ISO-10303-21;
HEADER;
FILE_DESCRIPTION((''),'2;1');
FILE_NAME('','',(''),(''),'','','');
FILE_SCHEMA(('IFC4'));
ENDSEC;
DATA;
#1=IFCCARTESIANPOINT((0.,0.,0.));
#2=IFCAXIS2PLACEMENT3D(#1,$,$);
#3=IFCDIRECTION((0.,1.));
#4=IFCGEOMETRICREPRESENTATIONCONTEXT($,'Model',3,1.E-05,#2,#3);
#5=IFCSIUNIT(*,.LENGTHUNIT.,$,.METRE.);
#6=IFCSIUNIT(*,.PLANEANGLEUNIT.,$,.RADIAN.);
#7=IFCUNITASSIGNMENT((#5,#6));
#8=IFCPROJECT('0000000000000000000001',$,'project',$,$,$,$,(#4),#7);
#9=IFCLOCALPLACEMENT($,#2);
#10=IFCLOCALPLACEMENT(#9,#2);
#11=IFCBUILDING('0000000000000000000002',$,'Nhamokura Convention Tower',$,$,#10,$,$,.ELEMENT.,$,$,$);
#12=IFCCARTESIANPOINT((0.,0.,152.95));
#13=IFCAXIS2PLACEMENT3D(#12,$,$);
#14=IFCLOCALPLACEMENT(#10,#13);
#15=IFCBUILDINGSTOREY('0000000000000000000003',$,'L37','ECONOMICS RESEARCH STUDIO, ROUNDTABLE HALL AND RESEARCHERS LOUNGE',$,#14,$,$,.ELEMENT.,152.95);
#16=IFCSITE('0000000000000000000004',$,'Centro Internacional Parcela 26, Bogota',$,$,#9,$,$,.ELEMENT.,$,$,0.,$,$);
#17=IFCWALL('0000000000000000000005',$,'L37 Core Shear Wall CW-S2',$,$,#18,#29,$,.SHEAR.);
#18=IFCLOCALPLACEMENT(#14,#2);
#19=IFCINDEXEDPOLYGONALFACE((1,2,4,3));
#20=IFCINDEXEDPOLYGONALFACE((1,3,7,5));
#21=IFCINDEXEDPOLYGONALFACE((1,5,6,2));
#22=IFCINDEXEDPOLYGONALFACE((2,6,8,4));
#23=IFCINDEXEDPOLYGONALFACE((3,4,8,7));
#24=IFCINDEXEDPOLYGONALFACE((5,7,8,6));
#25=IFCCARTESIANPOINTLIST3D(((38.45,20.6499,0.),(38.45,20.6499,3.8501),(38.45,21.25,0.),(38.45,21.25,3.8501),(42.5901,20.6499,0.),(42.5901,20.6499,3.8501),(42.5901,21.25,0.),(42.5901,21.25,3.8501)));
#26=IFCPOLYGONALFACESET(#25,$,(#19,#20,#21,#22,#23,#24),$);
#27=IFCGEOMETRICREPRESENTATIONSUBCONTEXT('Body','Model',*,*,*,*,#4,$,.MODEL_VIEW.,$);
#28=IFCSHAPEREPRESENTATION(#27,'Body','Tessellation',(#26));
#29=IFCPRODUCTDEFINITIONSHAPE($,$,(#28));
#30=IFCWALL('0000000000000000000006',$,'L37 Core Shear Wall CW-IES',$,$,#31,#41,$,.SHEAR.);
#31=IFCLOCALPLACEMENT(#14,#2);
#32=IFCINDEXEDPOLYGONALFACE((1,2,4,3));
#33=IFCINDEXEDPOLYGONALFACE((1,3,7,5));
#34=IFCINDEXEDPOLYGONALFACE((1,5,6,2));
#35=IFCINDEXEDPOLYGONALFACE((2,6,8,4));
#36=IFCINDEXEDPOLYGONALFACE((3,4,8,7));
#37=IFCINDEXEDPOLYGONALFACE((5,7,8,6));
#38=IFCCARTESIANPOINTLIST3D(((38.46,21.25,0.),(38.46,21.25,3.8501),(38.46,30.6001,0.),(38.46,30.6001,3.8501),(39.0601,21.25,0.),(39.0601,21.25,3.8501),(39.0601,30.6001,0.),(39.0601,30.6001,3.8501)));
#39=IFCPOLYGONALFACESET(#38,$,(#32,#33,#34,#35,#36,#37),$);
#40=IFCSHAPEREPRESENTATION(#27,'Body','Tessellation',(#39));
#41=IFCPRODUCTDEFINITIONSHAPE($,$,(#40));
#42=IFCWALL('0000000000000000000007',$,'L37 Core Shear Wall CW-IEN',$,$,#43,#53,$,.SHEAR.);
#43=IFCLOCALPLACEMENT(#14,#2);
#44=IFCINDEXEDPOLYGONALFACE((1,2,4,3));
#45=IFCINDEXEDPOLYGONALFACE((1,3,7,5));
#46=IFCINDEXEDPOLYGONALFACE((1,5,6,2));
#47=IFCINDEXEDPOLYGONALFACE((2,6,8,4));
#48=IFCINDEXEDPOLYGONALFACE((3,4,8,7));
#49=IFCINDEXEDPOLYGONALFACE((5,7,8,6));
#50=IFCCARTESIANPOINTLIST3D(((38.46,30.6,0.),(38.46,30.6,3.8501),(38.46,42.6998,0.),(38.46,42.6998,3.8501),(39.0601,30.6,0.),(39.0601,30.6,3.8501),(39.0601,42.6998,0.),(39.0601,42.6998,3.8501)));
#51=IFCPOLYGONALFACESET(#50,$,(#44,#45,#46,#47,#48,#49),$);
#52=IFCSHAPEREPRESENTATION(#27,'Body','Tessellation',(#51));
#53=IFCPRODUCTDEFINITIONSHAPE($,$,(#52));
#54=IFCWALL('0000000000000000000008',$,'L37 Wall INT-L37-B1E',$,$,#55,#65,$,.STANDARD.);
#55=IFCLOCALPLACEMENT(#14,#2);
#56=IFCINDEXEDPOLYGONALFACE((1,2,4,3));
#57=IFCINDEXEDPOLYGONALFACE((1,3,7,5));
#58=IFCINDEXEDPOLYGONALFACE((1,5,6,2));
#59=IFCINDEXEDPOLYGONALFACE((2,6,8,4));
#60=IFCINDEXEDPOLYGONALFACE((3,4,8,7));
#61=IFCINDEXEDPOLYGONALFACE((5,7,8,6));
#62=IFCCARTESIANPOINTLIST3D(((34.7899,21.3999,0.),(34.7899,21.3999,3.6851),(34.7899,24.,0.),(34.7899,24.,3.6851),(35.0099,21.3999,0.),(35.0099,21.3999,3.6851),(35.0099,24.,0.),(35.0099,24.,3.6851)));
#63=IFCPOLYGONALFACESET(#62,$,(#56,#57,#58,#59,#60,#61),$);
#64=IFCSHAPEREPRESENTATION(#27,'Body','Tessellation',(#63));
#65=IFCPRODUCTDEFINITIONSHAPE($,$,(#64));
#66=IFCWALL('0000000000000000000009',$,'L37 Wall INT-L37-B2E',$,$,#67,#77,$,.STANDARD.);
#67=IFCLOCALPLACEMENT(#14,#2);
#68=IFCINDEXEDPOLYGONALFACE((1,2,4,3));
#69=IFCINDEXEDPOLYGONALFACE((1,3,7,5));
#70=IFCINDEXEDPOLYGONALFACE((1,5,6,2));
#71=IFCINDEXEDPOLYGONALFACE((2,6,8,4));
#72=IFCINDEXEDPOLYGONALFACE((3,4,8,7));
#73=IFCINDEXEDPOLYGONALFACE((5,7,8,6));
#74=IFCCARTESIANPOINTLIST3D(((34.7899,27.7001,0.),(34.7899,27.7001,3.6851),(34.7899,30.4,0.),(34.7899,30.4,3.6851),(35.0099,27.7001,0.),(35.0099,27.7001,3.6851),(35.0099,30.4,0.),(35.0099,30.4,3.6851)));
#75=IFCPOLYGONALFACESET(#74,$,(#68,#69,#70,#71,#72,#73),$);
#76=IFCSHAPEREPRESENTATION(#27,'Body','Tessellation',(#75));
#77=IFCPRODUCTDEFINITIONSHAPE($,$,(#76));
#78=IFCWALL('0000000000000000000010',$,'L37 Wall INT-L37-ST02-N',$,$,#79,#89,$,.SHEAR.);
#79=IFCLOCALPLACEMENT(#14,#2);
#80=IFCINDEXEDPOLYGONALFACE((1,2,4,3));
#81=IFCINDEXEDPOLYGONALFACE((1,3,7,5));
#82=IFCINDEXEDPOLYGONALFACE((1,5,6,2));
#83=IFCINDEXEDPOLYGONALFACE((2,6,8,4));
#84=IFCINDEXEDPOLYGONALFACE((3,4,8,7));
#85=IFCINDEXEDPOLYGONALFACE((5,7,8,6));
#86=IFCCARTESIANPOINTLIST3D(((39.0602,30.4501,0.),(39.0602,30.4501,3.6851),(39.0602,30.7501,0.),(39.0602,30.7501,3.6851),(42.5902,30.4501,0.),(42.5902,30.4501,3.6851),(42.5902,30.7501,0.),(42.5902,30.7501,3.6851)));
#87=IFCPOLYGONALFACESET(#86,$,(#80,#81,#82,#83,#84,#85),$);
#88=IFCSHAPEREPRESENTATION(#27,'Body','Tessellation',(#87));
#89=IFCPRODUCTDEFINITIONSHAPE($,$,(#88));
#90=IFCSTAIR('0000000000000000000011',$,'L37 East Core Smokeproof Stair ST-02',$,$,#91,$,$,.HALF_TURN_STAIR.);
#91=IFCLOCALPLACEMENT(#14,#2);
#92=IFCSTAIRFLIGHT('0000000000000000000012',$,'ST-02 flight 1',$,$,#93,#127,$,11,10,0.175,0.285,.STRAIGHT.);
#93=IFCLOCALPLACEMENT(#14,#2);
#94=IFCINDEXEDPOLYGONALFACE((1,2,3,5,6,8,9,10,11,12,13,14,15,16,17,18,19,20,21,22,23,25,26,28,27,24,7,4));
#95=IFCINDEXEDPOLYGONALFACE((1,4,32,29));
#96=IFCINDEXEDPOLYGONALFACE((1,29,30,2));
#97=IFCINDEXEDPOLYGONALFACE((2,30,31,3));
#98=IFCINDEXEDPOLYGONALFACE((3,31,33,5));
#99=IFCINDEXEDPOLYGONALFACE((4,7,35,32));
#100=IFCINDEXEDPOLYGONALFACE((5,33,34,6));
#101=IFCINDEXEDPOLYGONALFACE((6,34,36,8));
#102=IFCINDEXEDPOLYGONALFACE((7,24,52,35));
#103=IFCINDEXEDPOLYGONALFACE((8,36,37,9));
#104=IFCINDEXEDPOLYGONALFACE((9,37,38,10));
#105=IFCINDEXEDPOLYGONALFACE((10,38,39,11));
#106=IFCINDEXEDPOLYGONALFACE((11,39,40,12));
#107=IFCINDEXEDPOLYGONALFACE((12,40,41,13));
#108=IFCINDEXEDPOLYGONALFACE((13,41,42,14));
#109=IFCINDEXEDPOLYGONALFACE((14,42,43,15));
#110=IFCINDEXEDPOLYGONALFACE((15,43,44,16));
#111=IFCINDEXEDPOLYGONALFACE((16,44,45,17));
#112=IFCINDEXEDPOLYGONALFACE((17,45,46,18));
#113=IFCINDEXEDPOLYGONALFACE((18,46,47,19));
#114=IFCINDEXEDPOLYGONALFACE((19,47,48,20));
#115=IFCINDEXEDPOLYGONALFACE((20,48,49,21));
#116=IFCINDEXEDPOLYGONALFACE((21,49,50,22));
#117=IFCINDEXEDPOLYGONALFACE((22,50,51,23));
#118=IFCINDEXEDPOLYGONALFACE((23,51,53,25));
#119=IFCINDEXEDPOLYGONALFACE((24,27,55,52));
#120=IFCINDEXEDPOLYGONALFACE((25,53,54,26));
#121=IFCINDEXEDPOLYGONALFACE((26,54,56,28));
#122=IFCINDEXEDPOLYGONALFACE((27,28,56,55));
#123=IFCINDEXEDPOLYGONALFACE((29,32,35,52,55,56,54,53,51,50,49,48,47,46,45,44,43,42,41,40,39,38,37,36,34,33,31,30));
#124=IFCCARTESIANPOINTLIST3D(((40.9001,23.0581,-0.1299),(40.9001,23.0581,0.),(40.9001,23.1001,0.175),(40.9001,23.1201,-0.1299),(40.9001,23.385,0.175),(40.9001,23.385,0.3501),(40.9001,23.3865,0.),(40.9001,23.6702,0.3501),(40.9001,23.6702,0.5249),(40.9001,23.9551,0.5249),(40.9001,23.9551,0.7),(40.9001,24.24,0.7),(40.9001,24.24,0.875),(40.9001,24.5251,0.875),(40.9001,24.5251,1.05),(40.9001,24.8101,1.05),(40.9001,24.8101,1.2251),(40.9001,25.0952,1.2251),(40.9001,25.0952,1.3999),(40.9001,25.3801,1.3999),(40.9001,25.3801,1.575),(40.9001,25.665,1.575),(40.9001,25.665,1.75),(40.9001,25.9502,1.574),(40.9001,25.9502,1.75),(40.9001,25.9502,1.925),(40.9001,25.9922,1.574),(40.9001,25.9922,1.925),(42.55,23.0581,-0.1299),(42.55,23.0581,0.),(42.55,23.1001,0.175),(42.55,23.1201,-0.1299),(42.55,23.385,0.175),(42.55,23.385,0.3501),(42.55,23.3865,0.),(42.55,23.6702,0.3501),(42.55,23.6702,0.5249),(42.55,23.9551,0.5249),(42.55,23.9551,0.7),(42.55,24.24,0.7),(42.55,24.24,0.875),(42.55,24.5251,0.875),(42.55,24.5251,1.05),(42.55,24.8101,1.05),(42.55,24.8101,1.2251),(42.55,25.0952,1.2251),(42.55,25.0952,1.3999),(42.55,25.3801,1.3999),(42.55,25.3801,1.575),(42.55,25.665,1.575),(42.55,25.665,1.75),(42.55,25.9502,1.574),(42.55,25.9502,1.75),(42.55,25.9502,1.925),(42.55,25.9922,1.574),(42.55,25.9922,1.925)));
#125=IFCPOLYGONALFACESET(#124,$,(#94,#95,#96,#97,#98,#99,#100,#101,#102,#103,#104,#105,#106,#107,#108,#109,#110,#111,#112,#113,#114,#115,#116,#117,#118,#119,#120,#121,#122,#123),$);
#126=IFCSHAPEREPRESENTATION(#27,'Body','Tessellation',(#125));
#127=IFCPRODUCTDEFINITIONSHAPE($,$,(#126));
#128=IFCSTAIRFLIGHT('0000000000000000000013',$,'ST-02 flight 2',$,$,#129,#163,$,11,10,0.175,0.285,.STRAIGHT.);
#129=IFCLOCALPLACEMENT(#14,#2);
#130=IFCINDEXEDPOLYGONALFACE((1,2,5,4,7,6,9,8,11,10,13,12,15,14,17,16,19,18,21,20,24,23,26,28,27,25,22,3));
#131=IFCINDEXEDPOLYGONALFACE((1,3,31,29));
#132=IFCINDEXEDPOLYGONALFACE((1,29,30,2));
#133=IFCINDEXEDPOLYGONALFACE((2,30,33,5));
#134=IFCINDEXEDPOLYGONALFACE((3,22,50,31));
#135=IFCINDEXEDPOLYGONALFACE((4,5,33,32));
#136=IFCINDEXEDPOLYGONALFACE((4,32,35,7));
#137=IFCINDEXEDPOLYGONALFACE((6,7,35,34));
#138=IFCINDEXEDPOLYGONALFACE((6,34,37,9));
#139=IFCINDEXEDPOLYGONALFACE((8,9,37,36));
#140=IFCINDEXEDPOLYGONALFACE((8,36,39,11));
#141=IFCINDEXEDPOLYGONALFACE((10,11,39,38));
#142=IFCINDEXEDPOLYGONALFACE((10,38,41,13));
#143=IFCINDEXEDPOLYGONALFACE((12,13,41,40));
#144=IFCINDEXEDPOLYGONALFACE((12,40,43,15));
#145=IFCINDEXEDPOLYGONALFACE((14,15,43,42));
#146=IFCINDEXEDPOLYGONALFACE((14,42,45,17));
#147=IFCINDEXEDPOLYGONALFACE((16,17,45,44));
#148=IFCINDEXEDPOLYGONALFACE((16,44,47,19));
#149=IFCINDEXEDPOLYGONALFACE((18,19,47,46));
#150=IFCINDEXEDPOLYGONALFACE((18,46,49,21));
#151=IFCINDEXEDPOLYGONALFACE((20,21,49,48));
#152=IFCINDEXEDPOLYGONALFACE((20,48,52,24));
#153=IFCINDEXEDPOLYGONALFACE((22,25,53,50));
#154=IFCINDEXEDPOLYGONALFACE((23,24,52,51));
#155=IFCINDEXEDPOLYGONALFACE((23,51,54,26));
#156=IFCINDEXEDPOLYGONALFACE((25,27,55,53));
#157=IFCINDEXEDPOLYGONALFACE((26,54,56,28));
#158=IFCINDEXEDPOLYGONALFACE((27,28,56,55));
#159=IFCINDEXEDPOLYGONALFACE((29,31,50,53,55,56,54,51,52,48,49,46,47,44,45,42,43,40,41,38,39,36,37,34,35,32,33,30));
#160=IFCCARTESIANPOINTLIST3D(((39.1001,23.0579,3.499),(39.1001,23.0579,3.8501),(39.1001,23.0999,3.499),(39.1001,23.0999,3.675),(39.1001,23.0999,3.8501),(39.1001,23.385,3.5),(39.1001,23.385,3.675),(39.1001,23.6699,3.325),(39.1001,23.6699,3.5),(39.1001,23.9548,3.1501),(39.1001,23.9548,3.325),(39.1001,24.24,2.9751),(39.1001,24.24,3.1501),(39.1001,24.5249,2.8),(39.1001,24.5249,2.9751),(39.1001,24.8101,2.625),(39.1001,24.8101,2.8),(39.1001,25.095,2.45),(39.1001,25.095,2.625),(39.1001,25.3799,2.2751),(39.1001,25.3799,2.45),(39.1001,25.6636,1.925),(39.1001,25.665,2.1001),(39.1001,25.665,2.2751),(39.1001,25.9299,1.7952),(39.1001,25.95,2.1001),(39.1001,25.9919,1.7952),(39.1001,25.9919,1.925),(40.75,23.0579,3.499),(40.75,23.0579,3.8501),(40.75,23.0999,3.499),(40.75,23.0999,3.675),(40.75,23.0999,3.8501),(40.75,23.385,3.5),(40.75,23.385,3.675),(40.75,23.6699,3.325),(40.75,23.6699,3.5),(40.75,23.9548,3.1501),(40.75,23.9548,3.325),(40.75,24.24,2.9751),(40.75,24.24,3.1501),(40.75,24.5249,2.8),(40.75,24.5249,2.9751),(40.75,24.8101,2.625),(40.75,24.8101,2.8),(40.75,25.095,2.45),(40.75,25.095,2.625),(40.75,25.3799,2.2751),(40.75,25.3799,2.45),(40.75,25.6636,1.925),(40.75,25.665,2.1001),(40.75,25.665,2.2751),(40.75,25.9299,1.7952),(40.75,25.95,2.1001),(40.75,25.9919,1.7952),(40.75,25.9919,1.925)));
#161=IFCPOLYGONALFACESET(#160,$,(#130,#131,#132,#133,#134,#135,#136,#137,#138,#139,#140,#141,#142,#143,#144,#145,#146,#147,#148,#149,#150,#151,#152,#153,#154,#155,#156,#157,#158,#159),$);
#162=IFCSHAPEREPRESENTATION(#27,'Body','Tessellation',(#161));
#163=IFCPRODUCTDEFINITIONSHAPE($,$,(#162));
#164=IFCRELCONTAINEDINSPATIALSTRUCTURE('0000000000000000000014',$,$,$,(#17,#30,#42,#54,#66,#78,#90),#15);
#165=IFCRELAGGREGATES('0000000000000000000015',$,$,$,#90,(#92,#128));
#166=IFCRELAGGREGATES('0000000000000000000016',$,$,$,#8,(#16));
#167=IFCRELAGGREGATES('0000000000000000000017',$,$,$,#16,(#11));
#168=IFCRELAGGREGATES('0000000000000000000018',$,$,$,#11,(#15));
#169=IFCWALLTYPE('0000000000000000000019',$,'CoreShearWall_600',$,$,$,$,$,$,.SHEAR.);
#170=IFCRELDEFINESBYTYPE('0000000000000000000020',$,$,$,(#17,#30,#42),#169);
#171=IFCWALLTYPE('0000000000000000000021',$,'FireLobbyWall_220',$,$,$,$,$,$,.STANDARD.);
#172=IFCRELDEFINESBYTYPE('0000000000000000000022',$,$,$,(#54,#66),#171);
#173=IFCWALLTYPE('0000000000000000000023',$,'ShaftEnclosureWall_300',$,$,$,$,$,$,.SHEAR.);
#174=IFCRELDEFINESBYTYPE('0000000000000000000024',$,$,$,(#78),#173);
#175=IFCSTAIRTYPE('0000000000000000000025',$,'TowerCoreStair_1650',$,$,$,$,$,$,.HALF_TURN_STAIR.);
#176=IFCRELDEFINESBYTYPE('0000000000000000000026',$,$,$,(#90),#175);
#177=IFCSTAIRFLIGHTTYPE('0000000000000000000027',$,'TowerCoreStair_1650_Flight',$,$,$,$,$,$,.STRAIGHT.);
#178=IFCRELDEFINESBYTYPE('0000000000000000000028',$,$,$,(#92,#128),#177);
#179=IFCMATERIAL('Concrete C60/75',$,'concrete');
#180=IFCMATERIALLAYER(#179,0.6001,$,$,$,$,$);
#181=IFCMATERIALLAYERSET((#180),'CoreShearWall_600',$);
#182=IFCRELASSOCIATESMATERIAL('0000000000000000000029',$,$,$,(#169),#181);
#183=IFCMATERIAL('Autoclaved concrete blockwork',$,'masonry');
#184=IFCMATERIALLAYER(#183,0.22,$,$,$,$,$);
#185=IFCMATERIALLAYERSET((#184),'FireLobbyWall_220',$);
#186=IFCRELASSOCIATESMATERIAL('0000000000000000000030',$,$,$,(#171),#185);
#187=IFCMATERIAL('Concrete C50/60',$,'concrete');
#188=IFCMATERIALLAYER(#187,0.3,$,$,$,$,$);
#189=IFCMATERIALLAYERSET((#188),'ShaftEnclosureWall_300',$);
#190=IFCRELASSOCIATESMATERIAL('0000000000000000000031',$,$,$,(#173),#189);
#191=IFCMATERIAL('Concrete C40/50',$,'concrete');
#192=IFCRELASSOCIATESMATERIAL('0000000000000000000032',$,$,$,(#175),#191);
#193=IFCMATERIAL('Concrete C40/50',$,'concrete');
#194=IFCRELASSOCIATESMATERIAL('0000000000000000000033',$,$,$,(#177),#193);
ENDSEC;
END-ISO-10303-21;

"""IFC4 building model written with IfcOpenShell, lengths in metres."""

from ifc_helpers import new_model, si_unit, direction, frame, frame_2d, origin, place, context, subcontext, project, spatial, polyline, rectangle, outline, extrude, material, layer, layer_set, type_object, element, aggregate, save


model = new_model("IFC4")

# Units and contexts
model_context = context("Model", 3, precision=1e-05, world=origin(), true_north=direction((0.0, 1.0)))
body_context = subcontext(model_context, "Body", "Model", "MODEL_VIEW")
ifc_project = project(units=[si_unit("LENGTHUNIT", "METRE"), si_unit("PLANEANGLEUNIT", "RADIAN")], contexts=[model_context])

# Site, building, storey
site_placement = place(None, origin())
site = spatial("IfcSite", under=ifc_project, at=site_placement, Name="Centro Internacional Parcela 26, Bogota", CompositionType="ELEMENT", RefElevation=0.0)
building_placement = place(site_placement, origin())
building = spatial("IfcBuilding", under=site, at=building_placement, Name="Nhamokura Convention Tower", CompositionType="ELEMENT")
storey_placement = place(building_placement, frame((0.0, 0.0, 152.95)))
storey = spatial("IfcBuildingStorey", under=building, at=storey_placement, Name="L37", Description="ECONOMICS RESEARCH STUDIO, ROUNDTABLE HALL AND RESEARCHERS LOUNGE", CompositionType="ELEMENT", Elevation=152.95)

# Shared definitions
ifc_material_1 = material(Name="Concrete C60/75", Category="concrete")
ifc_layer_1 = layer(ifc_material_1, 0.6001)
ifc_layer_set_1 = layer_set([ifc_layer_1], Name="CoreShearWall_600")
wall_type_1 = type_object("IfcWallType", Name="CoreShearWall_600", PredefinedType="SHEAR", material=ifc_layer_set_1)

# Walls
wall_1_placement = place(storey_placement, frame((38.45, 20.95, 0.0), z_axis=(0.0, 0.0, 1.0), x_axis=(1.0, 0.0, 0.0)))
element("IfcWall", 1, at=wall_1_placement, inside=storey, type_object=wall_type_1, Name="L37 Core Shear Wall CW-S2", PredefinedType="SHEAR", context=body_context, shape_type="SweptSolid", body=[
    extrude(rectangle(XDim=4.1401, YDim=0.6001, at=frame_2d((2.0701, 0.0))), origin(), (0.0, 0.0, 1.0), 3.8501),
])
wall_2_placement = place(storey_placement, frame((38.76, 21.25, 0.0), z_axis=(0.0, 0.0, 1.0), x_axis=(0.0, 1.0, 0.0)))
element("IfcWall", 2, at=wall_2_placement, inside=storey, type_object=wall_type_1, Name="L37 Core Shear Wall CW-IES", PredefinedType="SHEAR", context=body_context, shape_type="SweptSolid", body=[
    extrude(rectangle(XDim=9.3501, YDim=0.6001, at=frame_2d((4.675, 0.0))), origin(), (0.0, 0.0, 1.0), 3.8501),
])
wall_3_placement = place(storey_placement, frame((38.76, 30.6001, 0.0), z_axis=(0.0, 0.0, 1.0), x_axis=(0.0, 1.0, 0.0)))
element("IfcWall", 3, at=wall_3_placement, inside=storey, type_object=wall_type_1, Name="L37 Core Shear Wall CW-IEN", PredefinedType="SHEAR", context=body_context, shape_type="SweptSolid", body=[
    extrude(rectangle(XDim=12.0999, YDim=0.6001, at=frame_2d((6.0498, 0.0))), origin(), (0.0, 0.0, 1.0), 3.8501),
])
ifc_material_2 = material(Name="Autoclaved concrete blockwork", Category="masonry")
ifc_layer_2 = layer(ifc_material_2, 0.22)
ifc_layer_set_2 = layer_set([ifc_layer_2], Name="FireLobbyWall_220")
wall_type_2 = type_object("IfcWallType", Name="FireLobbyWall_220", PredefinedType="STANDARD", material=ifc_layer_set_2)
wall_4_placement = place(storey_placement, frame((34.8999, 21.3999, 0.0), z_axis=(0.0, 0.0, 1.0), x_axis=(0.0, 1.0, 0.0)))
element("IfcWall", 4, at=wall_4_placement, inside=storey, type_object=wall_type_2, Name="L37 Wall INT-L37-B1E", PredefinedType="STANDARD", context=body_context, shape_type="SweptSolid", body=[
    extrude(rectangle(XDim=2.6001, YDim=0.22, at=frame_2d((1.3, 0.0))), origin(), (0.0, 0.0, 1.0), 3.6851),
])
wall_5_placement = place(storey_placement, frame((34.8999, 27.7, 0.0), z_axis=(0.0, 0.0, 1.0), x_axis=(0.0, 1.0, 0.0)))
element("IfcWall", 5, at=wall_5_placement, inside=storey, type_object=wall_type_2, Name="L37 Wall INT-L37-B2E", PredefinedType="STANDARD", context=body_context, shape_type="SweptSolid", body=[
    extrude(rectangle(XDim=2.7, YDim=0.22, at=frame_2d((1.3501, 0.0))), origin(), (0.0, 0.0, 1.0), 3.6851),
])
ifc_material_3 = material(Name="Concrete C50/60", Category="concrete")
ifc_layer_3 = layer(ifc_material_3, 0.3)
ifc_layer_set_3 = layer_set([ifc_layer_3], Name="ShaftEnclosureWall_300")
wall_type_3 = type_object("IfcWallType", Name="ShaftEnclosureWall_300", PredefinedType="SHEAR", material=ifc_layer_set_3)
wall_6_placement = place(storey_placement, frame((39.0601, 30.6001, 0.0), z_axis=(0.0, 0.0, 1.0), x_axis=(1.0, 0.0, 0.0)))
element("IfcWall", 6, at=wall_6_placement, inside=storey, type_object=wall_type_3, Name="L37 Wall INT-L37-ST02-N", PredefinedType="SHEAR", context=body_context, shape_type="SweptSolid", body=[
    extrude(rectangle(XDim=3.53, YDim=0.3, at=frame_2d((1.7651, 0.0))), origin(), (0.0, 0.0, 1.0), 3.6851),
])

# Stair, stair flights
ifc_material_4 = material(Name="Concrete C40/50", Category="concrete")
stair_type = type_object("IfcStairType", Name="TowerCoreStair_1650", PredefinedType="HALF_TURN_STAIR", material=ifc_material_4)
stair_placement = place(storey_placement, origin())
stair = element("IfcStair", 7, at=stair_placement, inside=storey, type_object=stair_type, Name="L37 East Core Smokeproof Stair ST-02", PredefinedType="HALF_TURN_STAIR")
ifc_material_5 = material(Name="Concrete C40/50", Category="concrete")
stair_flight_type = type_object("IfcStairFlightType", Name="TowerCoreStair_1650_Flight", PredefinedType="STRAIGHT", material=ifc_material_5)
stair_flight_1_placement = place(storey_placement, frame((41.7251, 23.1001, 0.0), z_axis=(0.0, 0.0, 1.0), x_axis=(0.0, 1.0, 0.0)))
stair_flight_1 = element("IfcStairFlight", 8, at=stair_flight_1_placement, type_object=stair_flight_type, Name="ST-02 flight 1", NumberOfRisers=11, NumberOfTreads=10, PredefinedType="STRAIGHT", RiserHeight=0.175, TreadLength=0.285, context=body_context, shape_type="SweptSolid", body=[
    extrude(outline(polyline([(-0.042, 0.0), (0.0, 0.175), (0.2849, 0.175), (0.2849, 0.3501), (0.5701, 0.3501), (0.5701, 0.5249), (0.855, 0.5249), (0.855, 0.7), (1.1399, 0.7), (1.1399, 0.875), (1.425, 0.875), (1.425, 1.05), (1.71, 1.05), (1.71, 1.2251), (1.9951, 1.2251), (1.9951, 1.3999), (2.28, 1.3999), (2.28, 1.575), (2.5649, 1.575), (2.5649, 1.75), (2.8501, 1.75), (2.8501, 1.925), (2.8921, 1.925), (2.8921, 1.574), (2.8501, 1.574), (0.2864, 0.0), (0.02, -0.1299), (-0.042, -0.1299), (-0.042, 0.0)])), frame((0.0, 0.825, 0.0), z_axis=(0.0, -1.0, 0.0), x_axis=(1.0, 0.0, 0.0)), (0.0, 0.0, 1.0), 1.6499),
])
stair_flight_2_placement = place(storey_placement, frame((39.925, 25.95, 1.925), z_axis=(0.0, 0.0, 1.0), x_axis=(0.0, -1.0, 0.0)))
stair_flight_2 = element("IfcStairFlight", 9, at=stair_flight_2_placement, type_object=stair_flight_type, Name="ST-02 flight 2", NumberOfRisers=11, NumberOfTreads=10, PredefinedType="STRAIGHT", RiserHeight=0.175, TreadLength=0.285, context=body_context, shape_type="SweptSolid", body=[
    extrude(outline(polyline([(-0.042, 0.0), (0.0, 0.175), (0.2849, 0.175), (0.2849, 0.3501), (0.5701, 0.3501), (0.5701, 0.5249), (0.855, 0.5249), (0.855, 0.7), (1.1399, 0.7), (1.1399, 0.875), (1.425, 0.875), (1.425, 1.05), (1.71, 1.05), (1.71, 1.2251), (1.9951, 1.2251), (1.9951, 1.3999), (2.28, 1.3999), (2.28, 1.575), (2.5649, 1.575), (2.5649, 1.75), (2.8501, 1.75), (2.8501, 1.925), (2.8921, 1.925), (2.8921, 1.574), (2.8501, 1.574), (0.2864, 0.0), (0.02, -0.1299), (-0.042, -0.1299), (-0.042, 0.0)])), frame((0.0, 0.825, 0.0), z_axis=(0.0, -1.0, 0.0), x_axis=(1.0, 0.0, 0.0)), (0.0, 0.0, 1.0), 1.6499),
])
aggregate(stair, [stair_flight_1, stair_flight_2])

save(model, "model.ifc")
